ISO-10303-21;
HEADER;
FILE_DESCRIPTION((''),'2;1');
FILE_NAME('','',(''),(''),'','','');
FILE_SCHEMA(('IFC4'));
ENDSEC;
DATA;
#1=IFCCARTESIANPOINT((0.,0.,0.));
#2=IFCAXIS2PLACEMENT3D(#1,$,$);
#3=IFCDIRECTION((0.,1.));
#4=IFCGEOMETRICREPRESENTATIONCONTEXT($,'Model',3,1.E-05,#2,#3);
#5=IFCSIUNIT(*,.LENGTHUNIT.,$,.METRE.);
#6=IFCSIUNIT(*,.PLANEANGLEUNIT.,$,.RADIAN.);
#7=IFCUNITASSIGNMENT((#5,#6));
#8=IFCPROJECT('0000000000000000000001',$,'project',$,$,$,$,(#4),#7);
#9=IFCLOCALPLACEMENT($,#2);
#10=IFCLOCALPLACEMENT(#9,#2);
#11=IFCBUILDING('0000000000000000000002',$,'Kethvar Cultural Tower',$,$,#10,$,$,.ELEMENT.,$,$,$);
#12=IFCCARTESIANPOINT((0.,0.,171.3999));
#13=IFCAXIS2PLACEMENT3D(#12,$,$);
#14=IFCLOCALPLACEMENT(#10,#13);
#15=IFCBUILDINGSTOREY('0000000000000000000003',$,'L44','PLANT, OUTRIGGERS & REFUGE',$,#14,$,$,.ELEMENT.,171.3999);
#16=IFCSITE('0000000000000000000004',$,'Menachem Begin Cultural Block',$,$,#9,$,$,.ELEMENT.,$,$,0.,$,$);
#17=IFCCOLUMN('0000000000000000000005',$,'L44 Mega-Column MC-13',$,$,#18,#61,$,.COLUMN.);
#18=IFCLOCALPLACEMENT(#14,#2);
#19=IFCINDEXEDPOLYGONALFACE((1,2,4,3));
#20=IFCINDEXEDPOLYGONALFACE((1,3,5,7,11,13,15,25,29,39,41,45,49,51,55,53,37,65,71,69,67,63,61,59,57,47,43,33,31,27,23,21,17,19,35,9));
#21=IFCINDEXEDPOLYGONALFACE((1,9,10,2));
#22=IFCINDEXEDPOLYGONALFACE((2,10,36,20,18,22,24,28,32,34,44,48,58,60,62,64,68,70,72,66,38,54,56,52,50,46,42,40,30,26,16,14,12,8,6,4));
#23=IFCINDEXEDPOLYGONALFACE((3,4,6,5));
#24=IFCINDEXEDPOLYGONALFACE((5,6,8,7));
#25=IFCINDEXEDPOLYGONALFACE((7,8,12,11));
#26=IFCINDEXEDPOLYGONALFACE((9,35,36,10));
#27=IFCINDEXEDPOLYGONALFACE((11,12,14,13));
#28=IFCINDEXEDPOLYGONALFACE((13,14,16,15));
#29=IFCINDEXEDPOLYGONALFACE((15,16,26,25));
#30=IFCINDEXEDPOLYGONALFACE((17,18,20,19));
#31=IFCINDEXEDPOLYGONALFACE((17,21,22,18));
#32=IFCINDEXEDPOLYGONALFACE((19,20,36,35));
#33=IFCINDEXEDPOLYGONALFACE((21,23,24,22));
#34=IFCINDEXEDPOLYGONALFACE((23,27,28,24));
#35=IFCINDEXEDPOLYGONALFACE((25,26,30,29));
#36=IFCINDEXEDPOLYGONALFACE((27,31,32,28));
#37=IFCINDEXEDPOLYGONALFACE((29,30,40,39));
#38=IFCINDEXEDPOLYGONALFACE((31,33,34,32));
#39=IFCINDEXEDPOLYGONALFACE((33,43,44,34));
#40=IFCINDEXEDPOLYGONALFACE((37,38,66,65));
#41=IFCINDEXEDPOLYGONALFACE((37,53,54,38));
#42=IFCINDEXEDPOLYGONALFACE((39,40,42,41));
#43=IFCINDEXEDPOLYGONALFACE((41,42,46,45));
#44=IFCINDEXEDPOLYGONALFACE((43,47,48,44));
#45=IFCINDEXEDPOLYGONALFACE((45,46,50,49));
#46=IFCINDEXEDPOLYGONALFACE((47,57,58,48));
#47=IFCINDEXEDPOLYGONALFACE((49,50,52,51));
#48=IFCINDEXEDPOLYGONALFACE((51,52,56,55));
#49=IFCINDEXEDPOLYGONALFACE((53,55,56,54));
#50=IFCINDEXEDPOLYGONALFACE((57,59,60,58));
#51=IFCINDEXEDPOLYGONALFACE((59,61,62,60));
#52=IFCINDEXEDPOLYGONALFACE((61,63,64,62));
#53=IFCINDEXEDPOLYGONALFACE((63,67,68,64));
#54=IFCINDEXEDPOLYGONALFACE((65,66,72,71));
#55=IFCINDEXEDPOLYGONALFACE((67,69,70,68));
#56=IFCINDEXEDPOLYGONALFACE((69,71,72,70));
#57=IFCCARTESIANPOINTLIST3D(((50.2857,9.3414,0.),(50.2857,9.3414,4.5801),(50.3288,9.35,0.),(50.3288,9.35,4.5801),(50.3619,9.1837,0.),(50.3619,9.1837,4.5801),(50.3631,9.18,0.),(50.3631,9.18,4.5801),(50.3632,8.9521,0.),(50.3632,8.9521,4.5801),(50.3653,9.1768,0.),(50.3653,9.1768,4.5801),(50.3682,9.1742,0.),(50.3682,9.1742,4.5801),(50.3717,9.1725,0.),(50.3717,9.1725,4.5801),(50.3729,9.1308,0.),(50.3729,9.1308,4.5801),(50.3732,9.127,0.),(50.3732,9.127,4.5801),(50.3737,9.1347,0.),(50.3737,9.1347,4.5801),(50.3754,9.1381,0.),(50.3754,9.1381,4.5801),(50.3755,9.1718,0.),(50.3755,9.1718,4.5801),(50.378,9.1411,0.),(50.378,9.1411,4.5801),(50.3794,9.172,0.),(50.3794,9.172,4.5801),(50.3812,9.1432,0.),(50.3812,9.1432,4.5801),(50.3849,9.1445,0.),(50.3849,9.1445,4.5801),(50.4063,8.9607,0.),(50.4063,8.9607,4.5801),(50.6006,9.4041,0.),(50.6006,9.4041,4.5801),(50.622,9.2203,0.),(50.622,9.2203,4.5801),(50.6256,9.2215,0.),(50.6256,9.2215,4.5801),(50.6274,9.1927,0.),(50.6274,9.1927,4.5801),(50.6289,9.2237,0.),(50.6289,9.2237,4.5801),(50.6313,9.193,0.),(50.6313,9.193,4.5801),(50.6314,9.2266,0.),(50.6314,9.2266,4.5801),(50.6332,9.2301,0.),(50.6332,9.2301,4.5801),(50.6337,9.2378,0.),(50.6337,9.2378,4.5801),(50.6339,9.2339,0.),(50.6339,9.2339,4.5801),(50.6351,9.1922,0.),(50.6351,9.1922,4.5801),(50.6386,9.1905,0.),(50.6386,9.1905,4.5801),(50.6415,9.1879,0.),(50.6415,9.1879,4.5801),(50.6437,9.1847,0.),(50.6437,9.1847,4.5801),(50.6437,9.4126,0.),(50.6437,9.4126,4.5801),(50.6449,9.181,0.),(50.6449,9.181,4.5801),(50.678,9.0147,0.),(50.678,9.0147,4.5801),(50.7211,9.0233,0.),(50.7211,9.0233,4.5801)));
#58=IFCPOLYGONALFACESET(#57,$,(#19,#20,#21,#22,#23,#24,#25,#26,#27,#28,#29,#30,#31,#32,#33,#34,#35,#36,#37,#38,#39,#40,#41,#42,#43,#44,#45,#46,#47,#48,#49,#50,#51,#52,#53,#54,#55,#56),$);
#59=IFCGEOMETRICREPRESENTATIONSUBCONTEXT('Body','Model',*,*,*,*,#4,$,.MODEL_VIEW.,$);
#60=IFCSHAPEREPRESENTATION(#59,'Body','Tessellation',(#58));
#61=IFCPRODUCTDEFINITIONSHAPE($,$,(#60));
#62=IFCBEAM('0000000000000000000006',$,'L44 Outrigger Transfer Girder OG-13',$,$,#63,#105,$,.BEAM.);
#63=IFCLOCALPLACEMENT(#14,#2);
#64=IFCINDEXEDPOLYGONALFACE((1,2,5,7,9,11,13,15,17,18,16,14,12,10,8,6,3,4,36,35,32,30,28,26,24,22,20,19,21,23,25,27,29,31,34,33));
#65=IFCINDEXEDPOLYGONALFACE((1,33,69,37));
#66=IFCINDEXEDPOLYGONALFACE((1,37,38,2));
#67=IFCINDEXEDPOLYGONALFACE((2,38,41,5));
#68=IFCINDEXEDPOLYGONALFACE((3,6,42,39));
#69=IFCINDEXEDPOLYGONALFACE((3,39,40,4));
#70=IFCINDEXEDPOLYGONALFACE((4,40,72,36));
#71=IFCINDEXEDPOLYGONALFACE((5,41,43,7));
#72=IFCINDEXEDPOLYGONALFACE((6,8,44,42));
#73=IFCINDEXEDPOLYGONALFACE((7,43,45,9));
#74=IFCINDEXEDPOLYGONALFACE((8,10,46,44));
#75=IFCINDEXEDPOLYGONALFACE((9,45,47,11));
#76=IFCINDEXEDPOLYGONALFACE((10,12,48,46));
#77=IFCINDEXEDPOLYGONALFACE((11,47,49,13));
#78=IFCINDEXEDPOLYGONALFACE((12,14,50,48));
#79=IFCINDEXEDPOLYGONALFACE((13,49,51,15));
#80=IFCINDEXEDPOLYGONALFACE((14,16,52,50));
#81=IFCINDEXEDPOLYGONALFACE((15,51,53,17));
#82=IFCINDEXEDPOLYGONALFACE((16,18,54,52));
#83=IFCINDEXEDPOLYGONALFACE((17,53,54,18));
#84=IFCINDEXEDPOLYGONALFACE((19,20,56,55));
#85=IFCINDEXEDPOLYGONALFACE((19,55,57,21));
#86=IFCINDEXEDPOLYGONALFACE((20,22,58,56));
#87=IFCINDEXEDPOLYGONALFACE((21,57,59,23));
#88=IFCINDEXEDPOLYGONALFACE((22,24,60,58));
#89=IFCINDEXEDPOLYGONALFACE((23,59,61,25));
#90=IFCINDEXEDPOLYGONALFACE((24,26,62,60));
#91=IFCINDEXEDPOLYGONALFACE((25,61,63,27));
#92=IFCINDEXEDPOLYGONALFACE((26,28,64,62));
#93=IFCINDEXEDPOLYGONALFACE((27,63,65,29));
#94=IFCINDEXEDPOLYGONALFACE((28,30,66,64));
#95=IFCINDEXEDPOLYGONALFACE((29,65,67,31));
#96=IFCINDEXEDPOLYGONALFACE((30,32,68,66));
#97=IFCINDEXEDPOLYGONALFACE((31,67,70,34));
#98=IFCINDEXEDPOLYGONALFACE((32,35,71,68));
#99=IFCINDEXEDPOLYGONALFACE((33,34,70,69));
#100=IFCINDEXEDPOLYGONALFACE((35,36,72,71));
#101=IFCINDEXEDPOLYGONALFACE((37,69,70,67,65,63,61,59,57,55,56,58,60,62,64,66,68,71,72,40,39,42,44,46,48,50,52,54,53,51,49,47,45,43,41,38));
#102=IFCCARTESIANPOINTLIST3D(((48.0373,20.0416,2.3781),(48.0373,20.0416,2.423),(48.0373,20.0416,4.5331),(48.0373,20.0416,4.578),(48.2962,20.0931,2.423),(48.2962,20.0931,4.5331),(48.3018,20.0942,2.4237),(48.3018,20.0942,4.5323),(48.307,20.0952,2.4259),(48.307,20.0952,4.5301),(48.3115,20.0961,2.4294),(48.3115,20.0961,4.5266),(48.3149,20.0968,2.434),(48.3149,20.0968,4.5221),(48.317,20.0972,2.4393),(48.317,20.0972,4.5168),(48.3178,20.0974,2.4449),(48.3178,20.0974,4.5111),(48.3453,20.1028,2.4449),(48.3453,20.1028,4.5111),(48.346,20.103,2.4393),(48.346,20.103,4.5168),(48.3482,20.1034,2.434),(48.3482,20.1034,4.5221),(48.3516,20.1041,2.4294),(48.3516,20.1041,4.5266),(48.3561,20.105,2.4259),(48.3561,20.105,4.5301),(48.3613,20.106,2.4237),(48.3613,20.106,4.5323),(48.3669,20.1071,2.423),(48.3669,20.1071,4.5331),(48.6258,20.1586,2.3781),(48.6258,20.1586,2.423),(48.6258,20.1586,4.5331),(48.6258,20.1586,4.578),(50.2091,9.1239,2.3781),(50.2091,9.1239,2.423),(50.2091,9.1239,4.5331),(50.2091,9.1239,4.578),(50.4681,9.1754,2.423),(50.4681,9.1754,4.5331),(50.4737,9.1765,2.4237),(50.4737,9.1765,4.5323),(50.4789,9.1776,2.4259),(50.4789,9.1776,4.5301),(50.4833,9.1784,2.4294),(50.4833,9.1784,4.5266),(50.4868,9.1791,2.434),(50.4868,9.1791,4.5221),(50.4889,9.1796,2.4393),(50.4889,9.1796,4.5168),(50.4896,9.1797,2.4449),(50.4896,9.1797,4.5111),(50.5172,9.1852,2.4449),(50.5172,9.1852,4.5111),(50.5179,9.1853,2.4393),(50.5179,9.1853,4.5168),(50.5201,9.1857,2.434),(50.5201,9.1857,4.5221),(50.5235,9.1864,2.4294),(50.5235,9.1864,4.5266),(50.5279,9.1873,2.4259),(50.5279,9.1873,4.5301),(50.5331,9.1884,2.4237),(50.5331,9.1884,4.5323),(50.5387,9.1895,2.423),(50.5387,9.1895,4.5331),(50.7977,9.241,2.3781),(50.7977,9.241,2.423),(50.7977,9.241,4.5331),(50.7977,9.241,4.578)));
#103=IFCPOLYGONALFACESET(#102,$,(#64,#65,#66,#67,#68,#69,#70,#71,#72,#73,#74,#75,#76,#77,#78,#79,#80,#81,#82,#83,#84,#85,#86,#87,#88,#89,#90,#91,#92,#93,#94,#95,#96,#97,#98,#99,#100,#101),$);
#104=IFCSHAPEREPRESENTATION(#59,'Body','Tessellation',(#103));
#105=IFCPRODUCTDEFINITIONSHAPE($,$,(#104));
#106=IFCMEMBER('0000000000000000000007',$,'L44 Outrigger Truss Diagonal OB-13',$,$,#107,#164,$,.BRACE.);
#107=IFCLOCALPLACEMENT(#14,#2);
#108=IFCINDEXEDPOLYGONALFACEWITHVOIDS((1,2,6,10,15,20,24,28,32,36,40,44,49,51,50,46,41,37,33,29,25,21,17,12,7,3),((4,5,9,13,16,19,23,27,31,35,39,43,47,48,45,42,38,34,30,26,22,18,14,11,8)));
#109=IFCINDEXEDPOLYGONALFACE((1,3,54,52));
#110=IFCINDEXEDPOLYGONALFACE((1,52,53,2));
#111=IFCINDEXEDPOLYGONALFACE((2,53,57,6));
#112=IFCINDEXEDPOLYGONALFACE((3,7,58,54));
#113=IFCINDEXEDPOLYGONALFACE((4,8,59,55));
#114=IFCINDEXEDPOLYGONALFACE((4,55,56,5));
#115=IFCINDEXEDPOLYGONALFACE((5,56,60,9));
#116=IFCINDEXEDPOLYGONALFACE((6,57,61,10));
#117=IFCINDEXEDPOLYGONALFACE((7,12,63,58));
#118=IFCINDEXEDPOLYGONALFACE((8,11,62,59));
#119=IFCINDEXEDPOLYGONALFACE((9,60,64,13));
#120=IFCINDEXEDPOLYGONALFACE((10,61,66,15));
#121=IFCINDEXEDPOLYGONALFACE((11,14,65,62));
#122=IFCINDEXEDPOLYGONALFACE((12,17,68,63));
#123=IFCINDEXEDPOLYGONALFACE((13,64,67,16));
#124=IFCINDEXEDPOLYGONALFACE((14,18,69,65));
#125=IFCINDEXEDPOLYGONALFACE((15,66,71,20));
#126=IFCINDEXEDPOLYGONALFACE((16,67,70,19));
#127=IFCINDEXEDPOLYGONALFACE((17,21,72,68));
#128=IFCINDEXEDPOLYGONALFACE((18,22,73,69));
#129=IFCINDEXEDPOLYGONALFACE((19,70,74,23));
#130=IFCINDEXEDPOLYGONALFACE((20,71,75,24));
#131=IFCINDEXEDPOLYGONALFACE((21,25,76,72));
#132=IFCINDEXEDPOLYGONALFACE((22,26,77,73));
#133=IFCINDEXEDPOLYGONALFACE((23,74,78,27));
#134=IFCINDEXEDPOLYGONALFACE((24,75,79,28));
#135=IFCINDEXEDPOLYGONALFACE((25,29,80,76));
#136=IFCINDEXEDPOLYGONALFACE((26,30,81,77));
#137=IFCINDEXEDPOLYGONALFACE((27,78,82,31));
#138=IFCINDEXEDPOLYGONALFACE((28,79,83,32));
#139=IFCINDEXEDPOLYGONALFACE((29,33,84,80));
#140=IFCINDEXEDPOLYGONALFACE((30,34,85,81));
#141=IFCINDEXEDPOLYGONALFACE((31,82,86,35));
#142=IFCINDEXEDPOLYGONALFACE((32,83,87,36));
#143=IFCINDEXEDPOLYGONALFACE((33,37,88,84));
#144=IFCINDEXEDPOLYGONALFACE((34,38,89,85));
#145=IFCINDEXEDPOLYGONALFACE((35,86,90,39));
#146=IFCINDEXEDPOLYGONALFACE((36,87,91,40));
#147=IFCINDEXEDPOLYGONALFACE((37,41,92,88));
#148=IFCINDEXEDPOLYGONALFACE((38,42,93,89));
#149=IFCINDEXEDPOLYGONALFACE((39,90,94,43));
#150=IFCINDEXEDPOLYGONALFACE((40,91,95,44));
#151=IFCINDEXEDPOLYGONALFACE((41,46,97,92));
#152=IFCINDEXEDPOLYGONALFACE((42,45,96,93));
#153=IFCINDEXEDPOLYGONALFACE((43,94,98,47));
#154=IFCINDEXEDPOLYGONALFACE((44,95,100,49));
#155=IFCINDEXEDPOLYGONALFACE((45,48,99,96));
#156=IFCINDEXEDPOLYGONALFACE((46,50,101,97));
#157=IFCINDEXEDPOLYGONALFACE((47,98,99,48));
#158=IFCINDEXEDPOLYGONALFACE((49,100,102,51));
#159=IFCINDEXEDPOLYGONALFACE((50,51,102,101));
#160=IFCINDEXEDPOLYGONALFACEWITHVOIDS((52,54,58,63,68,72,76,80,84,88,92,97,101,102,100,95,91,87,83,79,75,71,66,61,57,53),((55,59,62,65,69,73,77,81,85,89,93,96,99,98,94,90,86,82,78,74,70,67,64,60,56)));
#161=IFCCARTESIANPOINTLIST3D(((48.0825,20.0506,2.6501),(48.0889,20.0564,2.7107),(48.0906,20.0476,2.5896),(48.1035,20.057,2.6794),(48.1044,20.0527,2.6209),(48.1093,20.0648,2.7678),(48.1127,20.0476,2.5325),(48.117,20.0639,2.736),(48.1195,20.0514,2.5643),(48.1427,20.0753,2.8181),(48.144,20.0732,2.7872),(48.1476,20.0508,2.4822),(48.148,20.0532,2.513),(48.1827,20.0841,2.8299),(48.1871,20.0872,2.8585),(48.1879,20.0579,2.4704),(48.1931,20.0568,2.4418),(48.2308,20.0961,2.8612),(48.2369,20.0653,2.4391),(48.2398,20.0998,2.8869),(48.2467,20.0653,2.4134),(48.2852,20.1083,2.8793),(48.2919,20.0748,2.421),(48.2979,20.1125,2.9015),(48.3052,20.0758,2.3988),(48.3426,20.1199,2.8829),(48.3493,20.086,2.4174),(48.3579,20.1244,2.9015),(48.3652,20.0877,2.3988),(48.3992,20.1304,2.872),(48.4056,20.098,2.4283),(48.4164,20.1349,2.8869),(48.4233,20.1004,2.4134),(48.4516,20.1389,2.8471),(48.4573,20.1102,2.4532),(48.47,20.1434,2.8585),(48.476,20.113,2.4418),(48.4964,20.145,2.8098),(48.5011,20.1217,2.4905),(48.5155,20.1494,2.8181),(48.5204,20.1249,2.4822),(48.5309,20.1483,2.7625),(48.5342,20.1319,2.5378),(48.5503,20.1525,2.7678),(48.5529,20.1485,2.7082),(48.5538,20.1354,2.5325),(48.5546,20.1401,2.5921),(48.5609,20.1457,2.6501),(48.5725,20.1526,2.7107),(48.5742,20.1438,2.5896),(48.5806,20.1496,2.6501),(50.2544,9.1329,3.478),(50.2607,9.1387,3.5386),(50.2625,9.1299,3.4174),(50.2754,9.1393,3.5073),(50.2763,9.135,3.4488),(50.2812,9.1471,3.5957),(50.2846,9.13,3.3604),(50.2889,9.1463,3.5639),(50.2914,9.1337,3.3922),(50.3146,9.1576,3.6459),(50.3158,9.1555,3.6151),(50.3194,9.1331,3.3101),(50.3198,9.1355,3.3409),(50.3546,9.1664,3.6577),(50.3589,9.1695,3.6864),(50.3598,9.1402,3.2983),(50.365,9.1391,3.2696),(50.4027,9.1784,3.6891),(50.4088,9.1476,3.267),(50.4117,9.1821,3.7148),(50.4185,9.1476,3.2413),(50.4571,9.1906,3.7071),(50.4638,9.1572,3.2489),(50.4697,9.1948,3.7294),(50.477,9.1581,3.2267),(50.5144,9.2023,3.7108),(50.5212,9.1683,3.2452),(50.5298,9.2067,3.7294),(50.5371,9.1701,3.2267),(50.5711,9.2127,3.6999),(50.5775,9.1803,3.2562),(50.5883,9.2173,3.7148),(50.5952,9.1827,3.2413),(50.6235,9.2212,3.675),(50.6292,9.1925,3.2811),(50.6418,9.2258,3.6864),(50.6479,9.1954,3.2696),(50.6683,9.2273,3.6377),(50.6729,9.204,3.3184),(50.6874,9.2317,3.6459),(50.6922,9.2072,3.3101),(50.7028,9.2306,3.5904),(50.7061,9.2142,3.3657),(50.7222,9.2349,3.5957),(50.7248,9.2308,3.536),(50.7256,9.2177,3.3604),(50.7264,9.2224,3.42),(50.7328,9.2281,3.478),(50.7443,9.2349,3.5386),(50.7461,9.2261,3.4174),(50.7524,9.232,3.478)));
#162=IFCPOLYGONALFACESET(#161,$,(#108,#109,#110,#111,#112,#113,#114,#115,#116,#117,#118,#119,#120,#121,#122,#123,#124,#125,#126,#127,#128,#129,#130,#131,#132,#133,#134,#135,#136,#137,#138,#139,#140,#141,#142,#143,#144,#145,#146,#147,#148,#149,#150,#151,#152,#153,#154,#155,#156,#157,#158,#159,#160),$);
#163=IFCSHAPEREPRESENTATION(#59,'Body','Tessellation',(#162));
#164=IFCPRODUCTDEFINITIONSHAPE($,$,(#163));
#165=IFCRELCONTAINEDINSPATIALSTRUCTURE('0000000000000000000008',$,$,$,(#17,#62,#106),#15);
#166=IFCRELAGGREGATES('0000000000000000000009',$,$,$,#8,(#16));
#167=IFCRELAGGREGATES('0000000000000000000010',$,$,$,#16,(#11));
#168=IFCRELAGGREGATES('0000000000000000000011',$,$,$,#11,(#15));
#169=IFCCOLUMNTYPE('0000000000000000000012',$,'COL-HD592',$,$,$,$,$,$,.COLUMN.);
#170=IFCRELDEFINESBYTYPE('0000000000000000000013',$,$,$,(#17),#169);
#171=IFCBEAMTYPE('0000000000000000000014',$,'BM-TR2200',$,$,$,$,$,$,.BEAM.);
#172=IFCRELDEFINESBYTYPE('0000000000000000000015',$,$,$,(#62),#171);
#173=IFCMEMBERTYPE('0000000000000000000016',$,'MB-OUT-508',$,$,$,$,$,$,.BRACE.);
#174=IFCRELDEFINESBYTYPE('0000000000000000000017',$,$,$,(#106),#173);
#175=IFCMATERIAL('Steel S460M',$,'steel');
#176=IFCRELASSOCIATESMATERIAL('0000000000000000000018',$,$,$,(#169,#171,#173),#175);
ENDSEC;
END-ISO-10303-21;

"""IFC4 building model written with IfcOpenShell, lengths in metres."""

from ifc_helpers import new_model, si_unit, direction, frame, origin, origin_2d, place, context, subcontext, project, spatial, hollow_circle, i_section, extrude, source, transform, mapped, material, material_profile, profile_set, type_object, element, save


model = new_model("IFC4")

# Units and contexts
model_context = context("Model", 3, precision=1e-05, world=origin(), true_north=direction((0.0, 1.0)))
body_context = subcontext(model_context, "Body", "Model", "MODEL_VIEW")
ifc_project = project(units=[si_unit("LENGTHUNIT", "METRE"), si_unit("PLANEANGLEUNIT", "RADIAN")], contexts=[model_context])

# Site, building, storey
site_placement = place(None, origin())
site = spatial("IfcSite", under=ifc_project, at=site_placement, Name="Menachem Begin Cultural Block", CompositionType="ELEMENT", RefElevation=0.0)
building_placement = place(site_placement, origin())
building = spatial("IfcBuilding", under=site, at=building_placement, Name="Kethvar Cultural Tower", CompositionType="ELEMENT")
storey_placement = place(building_placement, frame((0.0, 0.0, 171.3999)))
storey = spatial("IfcBuildingStorey", under=building, at=storey_placement, Name="L44", Description="PLANT, OUTRIGGERS & REFUGE", CompositionType="ELEMENT", Elevation=171.3999)

# Column
ifc_material_1 = material(Name="Steel S460M", Category="steel")
ifc_material_profile_1 = material_profile(ifc_material_1, i_section(OverallWidth=0.397, OverallDepth=0.365, WebThickness=0.0281, FlangeThickness=0.0439, FilletRadius=0.0149, at=origin_2d()), Name="Steel S460M — HD400x592")
ifc_profile_set_1 = profile_set([ifc_material_profile_1], Name="Steel S460M — HD400x592")
column_type = type_object("IfcColumnType", Name="COL-HD592", PredefinedType="COLUMN", material=ifc_profile_set_1)
shared_shape_1 = source(origin(), body_context, "Body", "SweptSolid", [
    extrude(i_section(OverallWidth=0.397, OverallDepth=0.365, WebThickness=0.0281, FlangeThickness=0.0439, FilletRadius=0.0149, at=origin_2d()), origin(), (0.0, 0.0, 1.0), 4.5801),
])
column_placement = place(storey_placement, frame((50.5034, 9.1824, 0.0), z_axis=(0.0, 0.0, 1.0), x_axis=(0.19509, -0.980785, 0.0)))
element("IfcColumn", 1, at=column_placement, inside=storey, type_object=column_type, Name="L44 Mega-Column MC-13", PredefinedType="COLUMN", context=body_context, shape_type="MappedRepresentation", body=[
    mapped(shared_shape_1, transform((0.0, 0.0, 0.0), scale=1.0)),
])

# Beam
ifc_material_profile_2 = material_profile(ifc_material_1, i_section(OverallWidth=0.6001, OverallDepth=2.2, WebThickness=0.0281, FlangeThickness=0.0449, FilletRadius=0.022, at=origin_2d()), Name="Steel S460M — PG2200x600x45x28")
ifc_profile_set_2 = profile_set([ifc_material_profile_2], Name="Steel S460M — PG2200x600x45x28")
beam_type = type_object("IfcBeamType", Name="BM-TR2200", PredefinedType="BEAM", material=ifc_profile_set_2)
shared_shape_2 = source(origin(), body_context, "Body", "SweptSolid", [
    extrude(i_section(OverallWidth=0.6001, OverallDepth=2.2, WebThickness=0.0281, FlangeThickness=0.0449, FilletRadius=0.022, at=origin_2d()), origin(), (0.0, 0.0, 1.0), 11.1316),
])
beam_1_placement = place(storey_placement, frame((48.3315, 20.1001, 3.478), z_axis=(0.195108, -0.980782, 0.0), x_axis=(0.980782, 0.195108, 0.0)))
element("IfcBeam", 2, at=beam_1_placement, inside=storey, type_object=beam_type, Name="L44 Outrigger Transfer Girder OG-13", PredefinedType="BEAM", context=body_context, shape_type="MappedRepresentation", body=[
    mapped(shared_shape_2, transform((0.0, 0.0, 0.0), scale=1.0)),
])

# Member
ifc_material_profile_3 = material_profile(ifc_material_1, hollow_circle(Radius=0.2539, WallThickness=0.02, at=origin_2d()), Name="Steel S460M — CHS508x20")
ifc_profile_set_3 = profile_set([ifc_material_profile_3], Name="Steel S460M — CHS508x20")
member_type_1 = type_object("IfcMemberType", Name="MB-OUT-508", PredefinedType="BRACE", material=ifc_profile_set_3)
shared_shape_3 = source(origin(), body_context, "Body", "SweptSolid", [
    extrude(hollow_circle(Radius=0.2539, WallThickness=0.02, at=origin_2d()), origin(), (0.0, 0.0, 1.0), 11.1624),
])
member_1_placement = place(storey_placement, frame((48.3315, 20.1001, 2.6501), z_axis=(0.194571, -0.978081, 0.074167), x_axis=(0.980782, 0.195108, 0.0)))
element("IfcMember", 3, at=member_1_placement, inside=storey, type_object=member_type_1, Name="L44 Outrigger Truss Diagonal OB-13", PredefinedType="BRACE", context=body_context, shape_type="MappedRepresentation", body=[
    mapped(shared_shape_3, transform((0.0, 0.0, 0.0), scale=1.0)),
])

save(model, "model.ifc")
